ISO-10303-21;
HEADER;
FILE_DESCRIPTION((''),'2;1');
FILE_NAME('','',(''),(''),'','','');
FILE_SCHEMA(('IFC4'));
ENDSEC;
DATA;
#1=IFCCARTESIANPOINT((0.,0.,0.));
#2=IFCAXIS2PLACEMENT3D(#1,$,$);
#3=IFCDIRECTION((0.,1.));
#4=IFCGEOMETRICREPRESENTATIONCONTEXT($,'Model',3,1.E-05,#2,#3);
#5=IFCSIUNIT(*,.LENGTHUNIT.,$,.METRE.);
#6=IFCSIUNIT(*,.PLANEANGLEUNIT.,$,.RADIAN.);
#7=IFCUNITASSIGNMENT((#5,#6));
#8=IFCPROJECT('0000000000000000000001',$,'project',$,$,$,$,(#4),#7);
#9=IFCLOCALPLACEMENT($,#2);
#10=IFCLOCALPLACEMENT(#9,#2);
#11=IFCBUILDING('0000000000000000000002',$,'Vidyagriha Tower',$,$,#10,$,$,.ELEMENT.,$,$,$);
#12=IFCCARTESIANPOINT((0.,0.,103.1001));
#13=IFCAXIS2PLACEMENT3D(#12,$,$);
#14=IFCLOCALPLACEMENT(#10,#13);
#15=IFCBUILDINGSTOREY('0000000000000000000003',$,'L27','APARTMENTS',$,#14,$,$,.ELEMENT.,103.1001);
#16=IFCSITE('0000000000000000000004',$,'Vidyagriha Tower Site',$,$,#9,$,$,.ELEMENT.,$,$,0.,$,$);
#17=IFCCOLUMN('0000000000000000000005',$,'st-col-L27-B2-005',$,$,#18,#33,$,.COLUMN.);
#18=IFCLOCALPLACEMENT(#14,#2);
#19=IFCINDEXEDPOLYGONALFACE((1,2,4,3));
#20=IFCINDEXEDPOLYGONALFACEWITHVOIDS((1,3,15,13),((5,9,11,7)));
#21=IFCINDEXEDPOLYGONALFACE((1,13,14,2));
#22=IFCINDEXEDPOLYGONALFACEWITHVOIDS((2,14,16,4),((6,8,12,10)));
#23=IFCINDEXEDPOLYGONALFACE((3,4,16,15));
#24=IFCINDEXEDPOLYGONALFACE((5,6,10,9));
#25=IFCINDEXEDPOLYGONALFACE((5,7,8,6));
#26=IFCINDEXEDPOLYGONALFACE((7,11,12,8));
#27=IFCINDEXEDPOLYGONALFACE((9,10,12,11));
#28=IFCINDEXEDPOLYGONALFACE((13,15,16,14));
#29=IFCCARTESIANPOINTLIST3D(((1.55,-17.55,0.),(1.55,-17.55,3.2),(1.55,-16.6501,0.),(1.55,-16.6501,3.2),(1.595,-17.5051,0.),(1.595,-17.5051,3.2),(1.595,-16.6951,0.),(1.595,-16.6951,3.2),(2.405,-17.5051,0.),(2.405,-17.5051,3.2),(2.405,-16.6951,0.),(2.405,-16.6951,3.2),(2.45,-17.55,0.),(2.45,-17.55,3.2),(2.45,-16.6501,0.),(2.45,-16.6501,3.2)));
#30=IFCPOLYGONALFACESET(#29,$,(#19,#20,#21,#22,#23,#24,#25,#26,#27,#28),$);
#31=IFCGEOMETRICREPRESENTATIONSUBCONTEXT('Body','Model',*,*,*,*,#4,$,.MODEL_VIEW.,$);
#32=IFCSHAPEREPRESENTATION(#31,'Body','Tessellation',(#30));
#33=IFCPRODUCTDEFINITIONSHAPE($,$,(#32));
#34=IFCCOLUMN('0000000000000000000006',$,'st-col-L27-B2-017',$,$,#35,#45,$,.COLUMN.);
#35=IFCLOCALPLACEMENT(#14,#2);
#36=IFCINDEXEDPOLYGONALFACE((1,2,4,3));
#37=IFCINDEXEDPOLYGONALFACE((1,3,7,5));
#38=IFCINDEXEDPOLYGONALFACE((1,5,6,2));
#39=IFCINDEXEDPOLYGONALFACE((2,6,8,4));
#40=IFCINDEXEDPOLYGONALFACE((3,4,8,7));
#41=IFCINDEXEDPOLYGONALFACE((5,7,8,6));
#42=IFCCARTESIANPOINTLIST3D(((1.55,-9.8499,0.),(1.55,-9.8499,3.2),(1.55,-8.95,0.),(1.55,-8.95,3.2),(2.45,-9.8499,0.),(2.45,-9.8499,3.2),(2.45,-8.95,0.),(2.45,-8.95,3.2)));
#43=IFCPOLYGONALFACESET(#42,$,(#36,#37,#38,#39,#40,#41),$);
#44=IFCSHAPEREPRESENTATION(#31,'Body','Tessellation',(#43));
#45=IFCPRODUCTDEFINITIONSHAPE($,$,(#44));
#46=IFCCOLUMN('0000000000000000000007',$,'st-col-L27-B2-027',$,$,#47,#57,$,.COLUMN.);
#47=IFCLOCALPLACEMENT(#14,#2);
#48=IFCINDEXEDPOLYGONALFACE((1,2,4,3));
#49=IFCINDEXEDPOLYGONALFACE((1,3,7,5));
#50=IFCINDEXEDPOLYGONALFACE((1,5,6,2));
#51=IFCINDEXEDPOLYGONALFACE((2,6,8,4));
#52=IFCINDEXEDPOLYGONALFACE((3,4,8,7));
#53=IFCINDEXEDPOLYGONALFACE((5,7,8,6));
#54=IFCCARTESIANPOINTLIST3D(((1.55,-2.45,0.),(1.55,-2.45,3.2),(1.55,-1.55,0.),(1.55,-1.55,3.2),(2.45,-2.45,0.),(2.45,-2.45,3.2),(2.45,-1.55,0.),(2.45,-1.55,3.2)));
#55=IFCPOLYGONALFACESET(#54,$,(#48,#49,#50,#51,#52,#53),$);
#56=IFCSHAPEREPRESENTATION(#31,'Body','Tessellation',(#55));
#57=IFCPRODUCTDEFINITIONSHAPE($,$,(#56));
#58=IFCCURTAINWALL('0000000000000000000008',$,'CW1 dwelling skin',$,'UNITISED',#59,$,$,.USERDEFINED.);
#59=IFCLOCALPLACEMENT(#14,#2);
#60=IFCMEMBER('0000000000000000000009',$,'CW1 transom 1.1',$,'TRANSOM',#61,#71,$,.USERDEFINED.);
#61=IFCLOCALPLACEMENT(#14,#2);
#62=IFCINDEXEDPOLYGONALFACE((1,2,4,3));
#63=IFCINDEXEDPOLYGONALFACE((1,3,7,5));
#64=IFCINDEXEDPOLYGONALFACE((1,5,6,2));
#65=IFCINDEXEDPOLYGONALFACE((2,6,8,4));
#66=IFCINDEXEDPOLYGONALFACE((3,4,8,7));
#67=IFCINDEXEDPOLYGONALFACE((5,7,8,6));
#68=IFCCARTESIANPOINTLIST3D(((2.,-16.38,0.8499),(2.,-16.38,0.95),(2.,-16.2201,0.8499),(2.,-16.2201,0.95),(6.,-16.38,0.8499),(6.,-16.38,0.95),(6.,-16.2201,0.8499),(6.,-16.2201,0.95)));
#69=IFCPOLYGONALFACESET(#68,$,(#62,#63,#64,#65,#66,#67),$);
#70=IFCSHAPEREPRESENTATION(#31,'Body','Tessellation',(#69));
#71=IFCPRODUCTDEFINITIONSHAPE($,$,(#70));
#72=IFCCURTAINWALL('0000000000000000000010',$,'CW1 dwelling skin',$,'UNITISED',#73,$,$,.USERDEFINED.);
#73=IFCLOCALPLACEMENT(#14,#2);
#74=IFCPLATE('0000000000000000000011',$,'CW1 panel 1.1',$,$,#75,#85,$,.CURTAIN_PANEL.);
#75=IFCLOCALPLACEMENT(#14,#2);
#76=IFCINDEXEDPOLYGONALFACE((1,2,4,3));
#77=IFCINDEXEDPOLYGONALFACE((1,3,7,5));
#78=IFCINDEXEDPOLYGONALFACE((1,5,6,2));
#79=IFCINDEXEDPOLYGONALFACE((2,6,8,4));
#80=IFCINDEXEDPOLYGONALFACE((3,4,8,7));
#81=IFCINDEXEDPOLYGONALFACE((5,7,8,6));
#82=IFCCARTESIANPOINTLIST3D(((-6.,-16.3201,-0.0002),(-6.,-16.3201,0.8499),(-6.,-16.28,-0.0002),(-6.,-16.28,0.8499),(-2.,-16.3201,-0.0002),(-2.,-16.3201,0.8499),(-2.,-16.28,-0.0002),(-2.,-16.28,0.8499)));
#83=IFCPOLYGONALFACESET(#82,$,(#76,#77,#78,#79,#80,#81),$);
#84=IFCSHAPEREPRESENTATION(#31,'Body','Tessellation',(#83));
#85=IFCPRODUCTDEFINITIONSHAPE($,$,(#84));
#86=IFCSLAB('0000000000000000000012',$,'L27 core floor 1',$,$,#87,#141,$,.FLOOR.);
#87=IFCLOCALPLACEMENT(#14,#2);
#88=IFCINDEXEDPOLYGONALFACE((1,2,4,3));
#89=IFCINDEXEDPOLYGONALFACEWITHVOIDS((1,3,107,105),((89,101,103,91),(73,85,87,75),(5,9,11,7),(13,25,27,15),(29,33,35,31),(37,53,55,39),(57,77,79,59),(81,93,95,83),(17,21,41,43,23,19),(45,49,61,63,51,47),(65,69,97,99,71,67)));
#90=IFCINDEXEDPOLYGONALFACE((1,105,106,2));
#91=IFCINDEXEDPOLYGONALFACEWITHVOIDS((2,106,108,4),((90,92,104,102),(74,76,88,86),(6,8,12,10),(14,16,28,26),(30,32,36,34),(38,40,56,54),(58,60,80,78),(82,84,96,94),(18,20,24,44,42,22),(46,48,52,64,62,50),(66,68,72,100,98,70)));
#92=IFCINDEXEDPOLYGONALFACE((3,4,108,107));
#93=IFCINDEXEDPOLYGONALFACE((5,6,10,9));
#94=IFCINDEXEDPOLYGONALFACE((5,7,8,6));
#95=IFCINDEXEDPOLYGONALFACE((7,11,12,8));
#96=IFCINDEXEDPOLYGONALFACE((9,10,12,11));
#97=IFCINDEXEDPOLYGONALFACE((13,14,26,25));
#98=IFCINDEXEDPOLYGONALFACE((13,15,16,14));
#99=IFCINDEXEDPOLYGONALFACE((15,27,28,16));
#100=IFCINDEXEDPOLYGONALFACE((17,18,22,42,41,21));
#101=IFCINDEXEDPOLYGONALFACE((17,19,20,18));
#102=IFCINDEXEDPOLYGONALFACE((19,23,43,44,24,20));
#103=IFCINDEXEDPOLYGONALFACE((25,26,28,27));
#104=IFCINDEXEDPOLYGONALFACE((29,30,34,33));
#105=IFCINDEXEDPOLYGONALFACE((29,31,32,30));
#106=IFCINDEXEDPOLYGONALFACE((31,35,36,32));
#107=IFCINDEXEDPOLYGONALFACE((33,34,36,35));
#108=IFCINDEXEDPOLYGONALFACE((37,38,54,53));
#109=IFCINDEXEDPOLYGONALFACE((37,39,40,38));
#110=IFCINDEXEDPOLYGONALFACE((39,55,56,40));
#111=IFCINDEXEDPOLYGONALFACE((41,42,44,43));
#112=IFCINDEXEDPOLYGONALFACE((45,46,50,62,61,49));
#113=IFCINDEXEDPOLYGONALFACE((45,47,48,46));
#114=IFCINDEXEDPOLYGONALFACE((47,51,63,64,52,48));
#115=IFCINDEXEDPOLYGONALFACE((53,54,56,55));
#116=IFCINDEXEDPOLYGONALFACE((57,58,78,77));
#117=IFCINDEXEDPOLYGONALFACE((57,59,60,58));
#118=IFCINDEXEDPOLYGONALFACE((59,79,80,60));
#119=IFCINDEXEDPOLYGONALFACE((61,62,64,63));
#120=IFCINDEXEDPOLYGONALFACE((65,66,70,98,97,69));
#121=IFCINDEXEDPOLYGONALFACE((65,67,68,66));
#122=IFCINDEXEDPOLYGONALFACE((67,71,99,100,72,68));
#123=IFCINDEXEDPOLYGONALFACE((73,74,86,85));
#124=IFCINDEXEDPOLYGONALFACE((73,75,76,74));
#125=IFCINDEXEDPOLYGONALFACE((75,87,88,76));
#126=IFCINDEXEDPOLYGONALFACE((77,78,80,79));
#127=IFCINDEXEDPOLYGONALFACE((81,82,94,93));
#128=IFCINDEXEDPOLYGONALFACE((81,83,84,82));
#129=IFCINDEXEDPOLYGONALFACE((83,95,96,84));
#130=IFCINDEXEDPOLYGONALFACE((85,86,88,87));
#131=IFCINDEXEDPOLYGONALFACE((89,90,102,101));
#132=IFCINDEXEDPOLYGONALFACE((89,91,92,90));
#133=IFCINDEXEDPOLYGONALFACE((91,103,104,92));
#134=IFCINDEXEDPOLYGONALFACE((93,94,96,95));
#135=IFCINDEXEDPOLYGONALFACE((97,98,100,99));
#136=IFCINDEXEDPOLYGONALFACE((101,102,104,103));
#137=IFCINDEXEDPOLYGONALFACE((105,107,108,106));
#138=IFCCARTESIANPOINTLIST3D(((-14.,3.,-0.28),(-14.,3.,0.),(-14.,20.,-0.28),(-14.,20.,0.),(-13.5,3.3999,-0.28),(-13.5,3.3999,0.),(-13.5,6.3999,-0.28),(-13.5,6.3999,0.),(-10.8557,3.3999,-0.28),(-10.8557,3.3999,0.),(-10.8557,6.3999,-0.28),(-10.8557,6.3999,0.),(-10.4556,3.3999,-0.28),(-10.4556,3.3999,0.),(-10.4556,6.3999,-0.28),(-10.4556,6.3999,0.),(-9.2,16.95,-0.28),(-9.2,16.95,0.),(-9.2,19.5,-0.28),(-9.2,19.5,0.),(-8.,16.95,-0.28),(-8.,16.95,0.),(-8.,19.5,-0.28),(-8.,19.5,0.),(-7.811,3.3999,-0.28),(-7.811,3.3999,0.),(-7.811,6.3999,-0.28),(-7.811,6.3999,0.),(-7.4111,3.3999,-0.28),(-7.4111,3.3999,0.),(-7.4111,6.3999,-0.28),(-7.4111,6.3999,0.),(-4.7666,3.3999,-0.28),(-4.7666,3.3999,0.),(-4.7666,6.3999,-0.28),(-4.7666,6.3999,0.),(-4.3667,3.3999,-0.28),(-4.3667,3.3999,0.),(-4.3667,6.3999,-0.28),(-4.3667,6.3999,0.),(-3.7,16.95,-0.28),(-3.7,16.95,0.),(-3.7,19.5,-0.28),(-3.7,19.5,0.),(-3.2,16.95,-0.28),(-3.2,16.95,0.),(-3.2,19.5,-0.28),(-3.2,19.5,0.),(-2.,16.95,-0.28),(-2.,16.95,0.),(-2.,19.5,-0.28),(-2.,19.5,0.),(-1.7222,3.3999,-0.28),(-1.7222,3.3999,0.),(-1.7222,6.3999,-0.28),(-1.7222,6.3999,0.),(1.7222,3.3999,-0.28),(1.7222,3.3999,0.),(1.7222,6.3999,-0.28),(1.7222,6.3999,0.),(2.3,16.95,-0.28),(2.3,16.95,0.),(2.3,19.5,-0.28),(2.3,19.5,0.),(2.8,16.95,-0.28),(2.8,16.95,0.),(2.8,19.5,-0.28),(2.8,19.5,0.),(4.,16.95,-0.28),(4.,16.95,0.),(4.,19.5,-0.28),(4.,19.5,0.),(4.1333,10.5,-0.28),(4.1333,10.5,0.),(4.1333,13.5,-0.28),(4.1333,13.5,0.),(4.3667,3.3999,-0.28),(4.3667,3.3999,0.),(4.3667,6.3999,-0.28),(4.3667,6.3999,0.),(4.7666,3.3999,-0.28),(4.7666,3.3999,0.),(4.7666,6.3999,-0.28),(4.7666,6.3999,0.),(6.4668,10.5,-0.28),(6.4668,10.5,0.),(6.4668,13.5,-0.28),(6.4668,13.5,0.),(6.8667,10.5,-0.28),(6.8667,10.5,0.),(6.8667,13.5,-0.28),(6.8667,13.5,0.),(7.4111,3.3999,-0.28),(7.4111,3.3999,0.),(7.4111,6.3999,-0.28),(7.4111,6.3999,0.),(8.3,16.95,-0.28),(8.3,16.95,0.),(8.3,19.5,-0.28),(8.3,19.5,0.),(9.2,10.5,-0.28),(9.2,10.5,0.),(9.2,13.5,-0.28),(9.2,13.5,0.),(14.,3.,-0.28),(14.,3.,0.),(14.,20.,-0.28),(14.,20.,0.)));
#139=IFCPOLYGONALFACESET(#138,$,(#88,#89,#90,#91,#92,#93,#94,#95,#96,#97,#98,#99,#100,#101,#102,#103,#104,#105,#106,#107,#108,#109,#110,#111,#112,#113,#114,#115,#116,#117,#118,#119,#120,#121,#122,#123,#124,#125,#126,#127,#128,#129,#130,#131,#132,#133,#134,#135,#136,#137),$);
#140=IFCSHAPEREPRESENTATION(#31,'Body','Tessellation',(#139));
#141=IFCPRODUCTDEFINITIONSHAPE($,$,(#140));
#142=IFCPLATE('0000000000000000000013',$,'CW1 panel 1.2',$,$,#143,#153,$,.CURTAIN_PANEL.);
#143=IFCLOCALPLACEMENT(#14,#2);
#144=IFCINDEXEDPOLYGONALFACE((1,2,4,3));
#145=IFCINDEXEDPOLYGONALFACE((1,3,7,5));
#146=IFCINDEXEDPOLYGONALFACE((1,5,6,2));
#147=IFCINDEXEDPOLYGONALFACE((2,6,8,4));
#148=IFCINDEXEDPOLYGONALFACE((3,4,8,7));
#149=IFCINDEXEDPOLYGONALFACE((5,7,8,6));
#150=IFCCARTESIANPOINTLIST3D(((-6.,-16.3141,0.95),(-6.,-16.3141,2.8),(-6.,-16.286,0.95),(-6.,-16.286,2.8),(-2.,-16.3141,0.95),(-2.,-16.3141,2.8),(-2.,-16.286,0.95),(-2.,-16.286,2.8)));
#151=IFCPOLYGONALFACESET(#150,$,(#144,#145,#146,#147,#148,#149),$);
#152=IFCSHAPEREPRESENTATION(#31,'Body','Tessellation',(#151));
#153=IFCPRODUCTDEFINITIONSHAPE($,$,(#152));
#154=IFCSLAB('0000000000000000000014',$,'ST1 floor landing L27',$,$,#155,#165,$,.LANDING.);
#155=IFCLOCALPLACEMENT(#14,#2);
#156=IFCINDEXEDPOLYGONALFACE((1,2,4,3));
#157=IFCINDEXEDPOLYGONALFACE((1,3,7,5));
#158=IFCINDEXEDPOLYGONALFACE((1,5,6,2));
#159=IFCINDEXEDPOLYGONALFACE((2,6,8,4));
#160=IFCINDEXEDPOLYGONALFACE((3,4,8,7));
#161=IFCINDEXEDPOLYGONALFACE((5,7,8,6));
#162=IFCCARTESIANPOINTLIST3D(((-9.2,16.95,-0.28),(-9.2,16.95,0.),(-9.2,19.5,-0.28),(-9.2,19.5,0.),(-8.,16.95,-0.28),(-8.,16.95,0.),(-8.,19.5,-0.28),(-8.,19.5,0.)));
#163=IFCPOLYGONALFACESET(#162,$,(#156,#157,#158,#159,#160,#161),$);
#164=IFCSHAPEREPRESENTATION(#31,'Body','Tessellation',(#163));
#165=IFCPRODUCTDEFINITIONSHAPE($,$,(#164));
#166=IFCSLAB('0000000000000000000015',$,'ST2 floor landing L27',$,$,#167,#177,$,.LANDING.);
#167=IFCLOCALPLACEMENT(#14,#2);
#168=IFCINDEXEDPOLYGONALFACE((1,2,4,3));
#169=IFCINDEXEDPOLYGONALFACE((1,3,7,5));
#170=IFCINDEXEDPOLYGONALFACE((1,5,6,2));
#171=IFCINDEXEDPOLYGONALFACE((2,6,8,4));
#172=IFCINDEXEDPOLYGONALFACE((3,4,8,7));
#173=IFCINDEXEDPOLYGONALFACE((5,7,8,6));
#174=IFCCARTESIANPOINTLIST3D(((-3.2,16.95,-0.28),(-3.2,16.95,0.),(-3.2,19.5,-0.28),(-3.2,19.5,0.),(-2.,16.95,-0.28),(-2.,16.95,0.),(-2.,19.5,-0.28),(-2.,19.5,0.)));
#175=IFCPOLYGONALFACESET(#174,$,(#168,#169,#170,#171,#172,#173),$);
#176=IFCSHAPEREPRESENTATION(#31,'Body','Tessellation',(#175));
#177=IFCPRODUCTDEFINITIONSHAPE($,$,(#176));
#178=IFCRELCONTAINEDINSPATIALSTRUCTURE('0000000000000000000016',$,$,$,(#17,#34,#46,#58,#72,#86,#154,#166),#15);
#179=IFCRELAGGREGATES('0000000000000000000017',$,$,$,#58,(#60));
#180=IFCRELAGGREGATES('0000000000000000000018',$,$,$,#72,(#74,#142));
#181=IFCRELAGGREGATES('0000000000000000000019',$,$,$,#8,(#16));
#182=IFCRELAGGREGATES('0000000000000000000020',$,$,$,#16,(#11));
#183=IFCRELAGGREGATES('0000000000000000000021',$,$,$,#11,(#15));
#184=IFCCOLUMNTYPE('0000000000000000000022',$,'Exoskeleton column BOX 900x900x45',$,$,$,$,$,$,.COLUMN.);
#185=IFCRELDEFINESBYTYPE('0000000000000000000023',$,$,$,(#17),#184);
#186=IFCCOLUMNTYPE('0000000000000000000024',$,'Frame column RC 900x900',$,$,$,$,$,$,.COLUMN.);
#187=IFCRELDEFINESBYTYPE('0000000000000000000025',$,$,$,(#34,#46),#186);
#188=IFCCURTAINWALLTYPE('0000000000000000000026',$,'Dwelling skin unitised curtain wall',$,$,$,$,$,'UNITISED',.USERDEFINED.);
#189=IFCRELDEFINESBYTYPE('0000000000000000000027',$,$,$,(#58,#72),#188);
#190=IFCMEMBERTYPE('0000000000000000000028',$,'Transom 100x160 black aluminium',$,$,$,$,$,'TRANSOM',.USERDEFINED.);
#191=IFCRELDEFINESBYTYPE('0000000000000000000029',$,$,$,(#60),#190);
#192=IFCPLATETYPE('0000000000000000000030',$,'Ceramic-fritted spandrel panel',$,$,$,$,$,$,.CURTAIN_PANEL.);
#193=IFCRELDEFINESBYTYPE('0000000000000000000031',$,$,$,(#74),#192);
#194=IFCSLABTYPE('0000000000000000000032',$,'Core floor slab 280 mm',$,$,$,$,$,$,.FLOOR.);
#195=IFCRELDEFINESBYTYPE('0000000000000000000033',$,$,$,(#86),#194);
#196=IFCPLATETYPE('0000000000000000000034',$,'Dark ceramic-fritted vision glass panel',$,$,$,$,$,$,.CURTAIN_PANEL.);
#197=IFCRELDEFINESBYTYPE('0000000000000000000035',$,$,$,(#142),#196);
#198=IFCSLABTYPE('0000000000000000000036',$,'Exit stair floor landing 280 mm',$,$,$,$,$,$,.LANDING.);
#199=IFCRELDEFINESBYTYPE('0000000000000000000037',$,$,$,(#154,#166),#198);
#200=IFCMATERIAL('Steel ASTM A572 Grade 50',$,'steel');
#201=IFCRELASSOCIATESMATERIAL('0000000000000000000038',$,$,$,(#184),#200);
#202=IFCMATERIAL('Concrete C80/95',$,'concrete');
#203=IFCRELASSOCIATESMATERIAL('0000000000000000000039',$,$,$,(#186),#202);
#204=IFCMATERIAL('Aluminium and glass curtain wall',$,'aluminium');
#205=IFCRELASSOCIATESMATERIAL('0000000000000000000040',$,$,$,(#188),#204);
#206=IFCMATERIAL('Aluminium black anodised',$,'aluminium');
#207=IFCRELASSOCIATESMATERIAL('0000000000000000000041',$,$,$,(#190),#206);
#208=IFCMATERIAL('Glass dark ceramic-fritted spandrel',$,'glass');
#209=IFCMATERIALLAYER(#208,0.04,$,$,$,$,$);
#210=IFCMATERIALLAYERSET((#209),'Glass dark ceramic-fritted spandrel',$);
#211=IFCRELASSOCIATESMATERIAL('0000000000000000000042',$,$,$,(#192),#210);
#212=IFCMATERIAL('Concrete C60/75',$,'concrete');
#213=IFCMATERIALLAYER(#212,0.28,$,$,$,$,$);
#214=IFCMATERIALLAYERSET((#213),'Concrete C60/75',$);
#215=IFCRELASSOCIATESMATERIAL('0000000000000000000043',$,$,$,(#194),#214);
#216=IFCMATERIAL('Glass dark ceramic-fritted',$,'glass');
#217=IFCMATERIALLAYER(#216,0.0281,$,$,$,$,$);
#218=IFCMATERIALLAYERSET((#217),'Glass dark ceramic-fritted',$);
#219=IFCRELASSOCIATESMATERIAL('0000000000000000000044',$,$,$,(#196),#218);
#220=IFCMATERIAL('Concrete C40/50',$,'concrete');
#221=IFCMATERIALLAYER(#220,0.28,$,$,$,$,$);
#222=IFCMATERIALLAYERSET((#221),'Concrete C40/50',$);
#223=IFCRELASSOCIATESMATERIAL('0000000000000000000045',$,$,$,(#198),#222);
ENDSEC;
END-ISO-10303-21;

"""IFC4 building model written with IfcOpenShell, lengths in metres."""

from ifc_helpers import new_model, si_unit, direction, frame, origin, origin_2d, place, context, subcontext, project, spatial, polyline, rectangle, hollow_rectangle, outline, extrude, material, layer, layer_set, material_profile, profile_set, type_object, element, aggregate, save


model = new_model("IFC4")

# Units and contexts
model_context = context("Model", 3, precision=1e-05, world=origin(), true_north=direction((0.0, 1.0)))
body_context = subcontext(model_context, "Body", "Model", "MODEL_VIEW")
ifc_project = project(units=[si_unit("LENGTHUNIT", "METRE"), si_unit("PLANEANGLEUNIT", "RADIAN")], contexts=[model_context])

# Site, building, storey
site_placement = place(None, origin())
site = spatial("IfcSite", under=ifc_project, at=site_placement, Name="Vidyagriha Tower Site", CompositionType="ELEMENT", RefElevation=0.0)
building_placement = place(site_placement, origin())
building = spatial("IfcBuilding", under=site, at=building_placement, Name="Vidyagriha Tower", CompositionType="ELEMENT")
storey_placement = place(building_placement, frame((0.0, 0.0, 103.1001)))
storey = spatial("IfcBuildingStorey", under=building, at=storey_placement, Name="L27", Description="APARTMENTS", CompositionType="ELEMENT", Elevation=103.1001)

# Columns
ifc_material_1 = material(Name="Steel ASTM A572 Grade 50", Category="steel")
ifc_material_profile_1 = material_profile(ifc_material_1, hollow_rectangle(XDim=0.8999, YDim=0.8999, WallThickness=0.0449, at=origin_2d()), Name="BOX 900x900x45")
ifc_profile_set_1 = profile_set([ifc_material_profile_1], Name="Steel ASTM A572 Grade 50")
column_type_1 = type_object("IfcColumnType", Name="Exoskeleton column BOX 900x900x45", PredefinedType="COLUMN", material=ifc_profile_set_1)
column_placement = place(storey_placement, frame((2.0, -17.1001, 0.0)))
element("IfcColumn", 1, at=column_placement, inside=storey, type_object=column_type_1, Name="st-col-L27-B2-005", PredefinedType="COLUMN", context=body_context, shape_type="SweptSolid", body=[
    extrude(hollow_rectangle(XDim=0.8999, YDim=0.8999, WallThickness=0.0449, at=origin_2d()), origin(), (0.0, 0.0, 1.0), 3.2),
])
ifc_material_2 = material(Name="Concrete C80/95", Category="concrete")
ifc_material_profile_2 = material_profile(ifc_material_2, rectangle(XDim=0.8999, YDim=0.8999, at=origin_2d()), Name="RC 900x900")
ifc_profile_set_2 = profile_set([ifc_material_profile_2], Name="Concrete C80/95")
column_type_2 = type_object("IfcColumnType", Name="Frame column RC 900x900", PredefinedType="COLUMN", material=ifc_profile_set_2)
for number, where, name in (
    (2, (2.0, -9.3999, 0.0), "st-col-L27-B2-017"),
    (3, (2.0, -2.0, 0.0), "st-col-L27-B2-027"),
):
    element("IfcColumn", number, at=place(storey_placement, frame(where)), inside=storey, type_object=column_type_2, Name=name, PredefinedType="COLUMN", context=body_context, shape_type="SweptSolid", body=[
        extrude(rectangle(XDim=0.8999, YDim=0.8999, at=origin_2d()), origin(), (0.0, 0.0, 1.0), 3.2),
    ])

# Curtain wall, member
ifc_material_3 = material(Name="Aluminium and glass curtain wall", Category="aluminium")
curtain_wall_type = type_object("IfcCurtainWallType", Name="Dwelling skin unitised curtain wall", ElementType="UNITISED", PredefinedType="USERDEFINED", material=ifc_material_3)
curtain_wall_1_placement = place(storey_placement, origin())
curtain_wall_1 = element("IfcCurtainWall", 4, at=curtain_wall_1_placement, inside=storey, type_object=curtain_wall_type, Name="CW1 dwelling skin", ObjectType="UNITISED", PredefinedType="USERDEFINED")
ifc_material_4 = material(Name="Aluminium black anodised", Category="aluminium")
ifc_material_profile_3 = material_profile(ifc_material_4, rectangle(XDim=0.1599, YDim=0.1001, at=origin_2d()), Name="Transom 100x160 black aluminium")
ifc_profile_set_3 = profile_set([ifc_material_profile_3], Name="Aluminium black anodised")
member_type = type_object("IfcMemberType", Name="Transom 100x160 black aluminium", ElementType="TRANSOM", PredefinedType="USERDEFINED", material=ifc_profile_set_3)
member_placement = place(storey_placement, frame((2.0, -16.3, 0.8999), z_axis=(1.0, 0.0, 0.0), x_axis=(0.0, 1.0, 0.0)))
member = element("IfcMember", 5, at=member_placement, type_object=member_type, Name="CW1 transom 1.1", ObjectType="TRANSOM", PredefinedType="USERDEFINED", context=body_context, shape_type="SweptSolid", body=[
    extrude(rectangle(XDim=0.1599, YDim=0.1001, at=origin_2d()), origin(), (0.0, 0.0, 1.0), 4.0),
])
aggregate(curtain_wall_1, [member])

# Curtain wall, plate
curtain_wall_2_placement = place(storey_placement, origin())
curtain_wall_2 = element("IfcCurtainWall", 6, at=curtain_wall_2_placement, inside=storey, type_object=curtain_wall_type, Name="CW1 dwelling skin", ObjectType="UNITISED", PredefinedType="USERDEFINED")
ifc_material_5 = material(Name="Glass dark ceramic-fritted spandrel", Category="glass")
ifc_layer_1 = layer(ifc_material_5, 0.04)
ifc_layer_set_1 = layer_set([ifc_layer_1], Name="Glass dark ceramic-fritted spandrel")
plate_type_1 = type_object("IfcPlateType", Name="Ceramic-fritted spandrel panel", PredefinedType="CURTAIN_PANEL", material=ifc_layer_set_1)
plate_1_placement = place(storey_placement, frame((-4.0, -16.3, -0.0002)))
plate_1 = element("IfcPlate", 7, at=plate_1_placement, type_object=plate_type_1, Name="CW1 panel 1.1", PredefinedType="CURTAIN_PANEL", context=body_context, shape_type="SweptSolid", body=[
    extrude(rectangle(XDim=4.0, YDim=0.04, at=origin_2d()), origin(), (0.0, 0.0, 1.0), 0.8501),
])

# Slab
ifc_material_6 = material(Name="Concrete C60/75", Category="concrete")
ifc_layer_2 = layer(ifc_material_6, 0.28)
ifc_layer_set_2 = layer_set([ifc_layer_2], Name="Concrete C60/75")
slab_type_1 = type_object("IfcSlabType", Name="Core floor slab 280 mm", PredefinedType="FLOOR", material=ifc_layer_set_2)
slab_1_placement = place(storey_placement, frame((0.0, 0.0, -0.28)))
element("IfcSlab", 8, at=slab_1_placement, inside=storey, type_object=slab_type_1, Name="L27 core floor 1", PredefinedType="FLOOR", context=body_context, shape_type="SweptSolid", body=[
    extrude(outline(polyline([(-14.0, 3.0), (-14.0, 20.0), (14.0, 20.0), (14.0, 3.0), (-14.0, 3.0)]), holes=[polyline([(9.2, 13.5), (6.8667, 13.5), (6.8667, 10.5), (9.2, 10.5), (9.2, 13.5)]), polyline([(4.0, 19.5), (2.8, 19.5), (2.8, 16.95), (4.0, 16.95), (8.3, 16.95), (8.3, 19.5), (4.0, 19.5)]), polyline([(7.4111, 6.3999), (4.7666, 6.3999), (4.7666, 3.3999), (7.4111, 3.3999), (7.4111, 6.3999)]), polyline([(6.4668, 13.5), (4.1333, 13.5), (4.1333, 10.5), (6.4668, 10.5), (6.4668, 13.5)]), polyline([(1.7222, 6.3999), (1.7222, 3.3999), (4.3667, 3.3999), (4.3667, 6.3999), (1.7222, 6.3999)]), polyline([(-2.0, 16.95), (2.3, 16.95), (2.3, 19.5), (-2.0, 19.5), (-3.2, 19.5), (-3.2, 16.95), (-2.0, 16.95)]), polyline([(-1.7222, 6.3999), (-4.3667, 6.3999), (-4.3667, 3.3999), (-1.7222, 3.3999), (-1.7222, 6.3999)]), polyline([(-8.0, 19.5), (-9.2, 19.5), (-9.2, 16.95), (-8.0, 16.95), (-3.7, 16.95), (-3.7, 19.5), (-8.0, 19.5)]), polyline([(-4.7666, 6.3999), (-7.4111, 6.3999), (-7.4111, 3.3999), (-4.7666, 3.3999), (-4.7666, 6.3999)]), polyline([(-7.811, 6.3999), (-10.4556, 6.3999), (-10.4556, 3.3999), (-7.811, 3.3999), (-7.811, 6.3999)]), polyline([(-13.5, 6.3999), (-13.5, 3.3999), (-10.8557, 3.3999), (-10.8557, 6.3999), (-13.5, 6.3999)])]), origin(), (0.0, 0.0, 1.0), 0.28),
])

# Plate
ifc_material_7 = material(Name="Glass dark ceramic-fritted", Category="glass")
ifc_layer_3 = layer(ifc_material_7, 0.0281)
ifc_layer_set_3 = layer_set([ifc_layer_3], Name="Glass dark ceramic-fritted")
plate_type_2 = type_object("IfcPlateType", Name="Dark ceramic-fritted vision glass panel", PredefinedType="CURTAIN_PANEL", material=ifc_layer_set_3)
plate_2_placement = place(storey_placement, frame((-4.0, -16.3, 0.95)))
plate_2 = element("IfcPlate", 9, at=plate_2_placement, type_object=plate_type_2, Name="CW1 panel 1.2", PredefinedType="CURTAIN_PANEL", context=body_context, shape_type="SweptSolid", body=[
    extrude(rectangle(XDim=4.0, YDim=0.0281, at=origin_2d()), origin(), (0.0, 0.0, 1.0), 1.8501),
])
aggregate(curtain_wall_2, [plate_1, plate_2])

# Slabs
ifc_material_8 = material(Name="Concrete C40/50", Category="concrete")
ifc_layer_4 = layer(ifc_material_8, 0.28)
ifc_layer_set_4 = layer_set([ifc_layer_4], Name="Concrete C40/50")
slab_type_2 = type_object("IfcSlabType", Name="Exit stair floor landing 280 mm", PredefinedType="LANDING", material=ifc_layer_set_4)
slab_2_placement = place(storey_placement, frame((0.0, 0.0, -0.28)))
element("IfcSlab", 10, at=slab_2_placement, inside=storey, type_object=slab_type_2, Name="ST1 floor landing L27", PredefinedType="LANDING", context=body_context, shape_type="SweptSolid", body=[
    extrude(outline(polyline([(-9.2, 16.95), (-8.0, 16.95), (-8.0, 19.5), (-9.2, 19.5), (-9.2, 16.95)])), origin(), (0.0, 0.0, 1.0), 0.28),
])
slab_3_placement = place(storey_placement, frame((0.0, 0.0, -0.28)))
element("IfcSlab", 11, at=slab_3_placement, inside=storey, type_object=slab_type_2, Name="ST2 floor landing L27", PredefinedType="LANDING", context=body_context, shape_type="SweptSolid", body=[
    extrude(outline(polyline([(-3.2, 16.95), (-2.0, 16.95), (-2.0, 19.5), (-3.2, 19.5), (-3.2, 16.95)])), origin(), (0.0, 0.0, 1.0), 0.28),
])

save(model, "model.ifc")
